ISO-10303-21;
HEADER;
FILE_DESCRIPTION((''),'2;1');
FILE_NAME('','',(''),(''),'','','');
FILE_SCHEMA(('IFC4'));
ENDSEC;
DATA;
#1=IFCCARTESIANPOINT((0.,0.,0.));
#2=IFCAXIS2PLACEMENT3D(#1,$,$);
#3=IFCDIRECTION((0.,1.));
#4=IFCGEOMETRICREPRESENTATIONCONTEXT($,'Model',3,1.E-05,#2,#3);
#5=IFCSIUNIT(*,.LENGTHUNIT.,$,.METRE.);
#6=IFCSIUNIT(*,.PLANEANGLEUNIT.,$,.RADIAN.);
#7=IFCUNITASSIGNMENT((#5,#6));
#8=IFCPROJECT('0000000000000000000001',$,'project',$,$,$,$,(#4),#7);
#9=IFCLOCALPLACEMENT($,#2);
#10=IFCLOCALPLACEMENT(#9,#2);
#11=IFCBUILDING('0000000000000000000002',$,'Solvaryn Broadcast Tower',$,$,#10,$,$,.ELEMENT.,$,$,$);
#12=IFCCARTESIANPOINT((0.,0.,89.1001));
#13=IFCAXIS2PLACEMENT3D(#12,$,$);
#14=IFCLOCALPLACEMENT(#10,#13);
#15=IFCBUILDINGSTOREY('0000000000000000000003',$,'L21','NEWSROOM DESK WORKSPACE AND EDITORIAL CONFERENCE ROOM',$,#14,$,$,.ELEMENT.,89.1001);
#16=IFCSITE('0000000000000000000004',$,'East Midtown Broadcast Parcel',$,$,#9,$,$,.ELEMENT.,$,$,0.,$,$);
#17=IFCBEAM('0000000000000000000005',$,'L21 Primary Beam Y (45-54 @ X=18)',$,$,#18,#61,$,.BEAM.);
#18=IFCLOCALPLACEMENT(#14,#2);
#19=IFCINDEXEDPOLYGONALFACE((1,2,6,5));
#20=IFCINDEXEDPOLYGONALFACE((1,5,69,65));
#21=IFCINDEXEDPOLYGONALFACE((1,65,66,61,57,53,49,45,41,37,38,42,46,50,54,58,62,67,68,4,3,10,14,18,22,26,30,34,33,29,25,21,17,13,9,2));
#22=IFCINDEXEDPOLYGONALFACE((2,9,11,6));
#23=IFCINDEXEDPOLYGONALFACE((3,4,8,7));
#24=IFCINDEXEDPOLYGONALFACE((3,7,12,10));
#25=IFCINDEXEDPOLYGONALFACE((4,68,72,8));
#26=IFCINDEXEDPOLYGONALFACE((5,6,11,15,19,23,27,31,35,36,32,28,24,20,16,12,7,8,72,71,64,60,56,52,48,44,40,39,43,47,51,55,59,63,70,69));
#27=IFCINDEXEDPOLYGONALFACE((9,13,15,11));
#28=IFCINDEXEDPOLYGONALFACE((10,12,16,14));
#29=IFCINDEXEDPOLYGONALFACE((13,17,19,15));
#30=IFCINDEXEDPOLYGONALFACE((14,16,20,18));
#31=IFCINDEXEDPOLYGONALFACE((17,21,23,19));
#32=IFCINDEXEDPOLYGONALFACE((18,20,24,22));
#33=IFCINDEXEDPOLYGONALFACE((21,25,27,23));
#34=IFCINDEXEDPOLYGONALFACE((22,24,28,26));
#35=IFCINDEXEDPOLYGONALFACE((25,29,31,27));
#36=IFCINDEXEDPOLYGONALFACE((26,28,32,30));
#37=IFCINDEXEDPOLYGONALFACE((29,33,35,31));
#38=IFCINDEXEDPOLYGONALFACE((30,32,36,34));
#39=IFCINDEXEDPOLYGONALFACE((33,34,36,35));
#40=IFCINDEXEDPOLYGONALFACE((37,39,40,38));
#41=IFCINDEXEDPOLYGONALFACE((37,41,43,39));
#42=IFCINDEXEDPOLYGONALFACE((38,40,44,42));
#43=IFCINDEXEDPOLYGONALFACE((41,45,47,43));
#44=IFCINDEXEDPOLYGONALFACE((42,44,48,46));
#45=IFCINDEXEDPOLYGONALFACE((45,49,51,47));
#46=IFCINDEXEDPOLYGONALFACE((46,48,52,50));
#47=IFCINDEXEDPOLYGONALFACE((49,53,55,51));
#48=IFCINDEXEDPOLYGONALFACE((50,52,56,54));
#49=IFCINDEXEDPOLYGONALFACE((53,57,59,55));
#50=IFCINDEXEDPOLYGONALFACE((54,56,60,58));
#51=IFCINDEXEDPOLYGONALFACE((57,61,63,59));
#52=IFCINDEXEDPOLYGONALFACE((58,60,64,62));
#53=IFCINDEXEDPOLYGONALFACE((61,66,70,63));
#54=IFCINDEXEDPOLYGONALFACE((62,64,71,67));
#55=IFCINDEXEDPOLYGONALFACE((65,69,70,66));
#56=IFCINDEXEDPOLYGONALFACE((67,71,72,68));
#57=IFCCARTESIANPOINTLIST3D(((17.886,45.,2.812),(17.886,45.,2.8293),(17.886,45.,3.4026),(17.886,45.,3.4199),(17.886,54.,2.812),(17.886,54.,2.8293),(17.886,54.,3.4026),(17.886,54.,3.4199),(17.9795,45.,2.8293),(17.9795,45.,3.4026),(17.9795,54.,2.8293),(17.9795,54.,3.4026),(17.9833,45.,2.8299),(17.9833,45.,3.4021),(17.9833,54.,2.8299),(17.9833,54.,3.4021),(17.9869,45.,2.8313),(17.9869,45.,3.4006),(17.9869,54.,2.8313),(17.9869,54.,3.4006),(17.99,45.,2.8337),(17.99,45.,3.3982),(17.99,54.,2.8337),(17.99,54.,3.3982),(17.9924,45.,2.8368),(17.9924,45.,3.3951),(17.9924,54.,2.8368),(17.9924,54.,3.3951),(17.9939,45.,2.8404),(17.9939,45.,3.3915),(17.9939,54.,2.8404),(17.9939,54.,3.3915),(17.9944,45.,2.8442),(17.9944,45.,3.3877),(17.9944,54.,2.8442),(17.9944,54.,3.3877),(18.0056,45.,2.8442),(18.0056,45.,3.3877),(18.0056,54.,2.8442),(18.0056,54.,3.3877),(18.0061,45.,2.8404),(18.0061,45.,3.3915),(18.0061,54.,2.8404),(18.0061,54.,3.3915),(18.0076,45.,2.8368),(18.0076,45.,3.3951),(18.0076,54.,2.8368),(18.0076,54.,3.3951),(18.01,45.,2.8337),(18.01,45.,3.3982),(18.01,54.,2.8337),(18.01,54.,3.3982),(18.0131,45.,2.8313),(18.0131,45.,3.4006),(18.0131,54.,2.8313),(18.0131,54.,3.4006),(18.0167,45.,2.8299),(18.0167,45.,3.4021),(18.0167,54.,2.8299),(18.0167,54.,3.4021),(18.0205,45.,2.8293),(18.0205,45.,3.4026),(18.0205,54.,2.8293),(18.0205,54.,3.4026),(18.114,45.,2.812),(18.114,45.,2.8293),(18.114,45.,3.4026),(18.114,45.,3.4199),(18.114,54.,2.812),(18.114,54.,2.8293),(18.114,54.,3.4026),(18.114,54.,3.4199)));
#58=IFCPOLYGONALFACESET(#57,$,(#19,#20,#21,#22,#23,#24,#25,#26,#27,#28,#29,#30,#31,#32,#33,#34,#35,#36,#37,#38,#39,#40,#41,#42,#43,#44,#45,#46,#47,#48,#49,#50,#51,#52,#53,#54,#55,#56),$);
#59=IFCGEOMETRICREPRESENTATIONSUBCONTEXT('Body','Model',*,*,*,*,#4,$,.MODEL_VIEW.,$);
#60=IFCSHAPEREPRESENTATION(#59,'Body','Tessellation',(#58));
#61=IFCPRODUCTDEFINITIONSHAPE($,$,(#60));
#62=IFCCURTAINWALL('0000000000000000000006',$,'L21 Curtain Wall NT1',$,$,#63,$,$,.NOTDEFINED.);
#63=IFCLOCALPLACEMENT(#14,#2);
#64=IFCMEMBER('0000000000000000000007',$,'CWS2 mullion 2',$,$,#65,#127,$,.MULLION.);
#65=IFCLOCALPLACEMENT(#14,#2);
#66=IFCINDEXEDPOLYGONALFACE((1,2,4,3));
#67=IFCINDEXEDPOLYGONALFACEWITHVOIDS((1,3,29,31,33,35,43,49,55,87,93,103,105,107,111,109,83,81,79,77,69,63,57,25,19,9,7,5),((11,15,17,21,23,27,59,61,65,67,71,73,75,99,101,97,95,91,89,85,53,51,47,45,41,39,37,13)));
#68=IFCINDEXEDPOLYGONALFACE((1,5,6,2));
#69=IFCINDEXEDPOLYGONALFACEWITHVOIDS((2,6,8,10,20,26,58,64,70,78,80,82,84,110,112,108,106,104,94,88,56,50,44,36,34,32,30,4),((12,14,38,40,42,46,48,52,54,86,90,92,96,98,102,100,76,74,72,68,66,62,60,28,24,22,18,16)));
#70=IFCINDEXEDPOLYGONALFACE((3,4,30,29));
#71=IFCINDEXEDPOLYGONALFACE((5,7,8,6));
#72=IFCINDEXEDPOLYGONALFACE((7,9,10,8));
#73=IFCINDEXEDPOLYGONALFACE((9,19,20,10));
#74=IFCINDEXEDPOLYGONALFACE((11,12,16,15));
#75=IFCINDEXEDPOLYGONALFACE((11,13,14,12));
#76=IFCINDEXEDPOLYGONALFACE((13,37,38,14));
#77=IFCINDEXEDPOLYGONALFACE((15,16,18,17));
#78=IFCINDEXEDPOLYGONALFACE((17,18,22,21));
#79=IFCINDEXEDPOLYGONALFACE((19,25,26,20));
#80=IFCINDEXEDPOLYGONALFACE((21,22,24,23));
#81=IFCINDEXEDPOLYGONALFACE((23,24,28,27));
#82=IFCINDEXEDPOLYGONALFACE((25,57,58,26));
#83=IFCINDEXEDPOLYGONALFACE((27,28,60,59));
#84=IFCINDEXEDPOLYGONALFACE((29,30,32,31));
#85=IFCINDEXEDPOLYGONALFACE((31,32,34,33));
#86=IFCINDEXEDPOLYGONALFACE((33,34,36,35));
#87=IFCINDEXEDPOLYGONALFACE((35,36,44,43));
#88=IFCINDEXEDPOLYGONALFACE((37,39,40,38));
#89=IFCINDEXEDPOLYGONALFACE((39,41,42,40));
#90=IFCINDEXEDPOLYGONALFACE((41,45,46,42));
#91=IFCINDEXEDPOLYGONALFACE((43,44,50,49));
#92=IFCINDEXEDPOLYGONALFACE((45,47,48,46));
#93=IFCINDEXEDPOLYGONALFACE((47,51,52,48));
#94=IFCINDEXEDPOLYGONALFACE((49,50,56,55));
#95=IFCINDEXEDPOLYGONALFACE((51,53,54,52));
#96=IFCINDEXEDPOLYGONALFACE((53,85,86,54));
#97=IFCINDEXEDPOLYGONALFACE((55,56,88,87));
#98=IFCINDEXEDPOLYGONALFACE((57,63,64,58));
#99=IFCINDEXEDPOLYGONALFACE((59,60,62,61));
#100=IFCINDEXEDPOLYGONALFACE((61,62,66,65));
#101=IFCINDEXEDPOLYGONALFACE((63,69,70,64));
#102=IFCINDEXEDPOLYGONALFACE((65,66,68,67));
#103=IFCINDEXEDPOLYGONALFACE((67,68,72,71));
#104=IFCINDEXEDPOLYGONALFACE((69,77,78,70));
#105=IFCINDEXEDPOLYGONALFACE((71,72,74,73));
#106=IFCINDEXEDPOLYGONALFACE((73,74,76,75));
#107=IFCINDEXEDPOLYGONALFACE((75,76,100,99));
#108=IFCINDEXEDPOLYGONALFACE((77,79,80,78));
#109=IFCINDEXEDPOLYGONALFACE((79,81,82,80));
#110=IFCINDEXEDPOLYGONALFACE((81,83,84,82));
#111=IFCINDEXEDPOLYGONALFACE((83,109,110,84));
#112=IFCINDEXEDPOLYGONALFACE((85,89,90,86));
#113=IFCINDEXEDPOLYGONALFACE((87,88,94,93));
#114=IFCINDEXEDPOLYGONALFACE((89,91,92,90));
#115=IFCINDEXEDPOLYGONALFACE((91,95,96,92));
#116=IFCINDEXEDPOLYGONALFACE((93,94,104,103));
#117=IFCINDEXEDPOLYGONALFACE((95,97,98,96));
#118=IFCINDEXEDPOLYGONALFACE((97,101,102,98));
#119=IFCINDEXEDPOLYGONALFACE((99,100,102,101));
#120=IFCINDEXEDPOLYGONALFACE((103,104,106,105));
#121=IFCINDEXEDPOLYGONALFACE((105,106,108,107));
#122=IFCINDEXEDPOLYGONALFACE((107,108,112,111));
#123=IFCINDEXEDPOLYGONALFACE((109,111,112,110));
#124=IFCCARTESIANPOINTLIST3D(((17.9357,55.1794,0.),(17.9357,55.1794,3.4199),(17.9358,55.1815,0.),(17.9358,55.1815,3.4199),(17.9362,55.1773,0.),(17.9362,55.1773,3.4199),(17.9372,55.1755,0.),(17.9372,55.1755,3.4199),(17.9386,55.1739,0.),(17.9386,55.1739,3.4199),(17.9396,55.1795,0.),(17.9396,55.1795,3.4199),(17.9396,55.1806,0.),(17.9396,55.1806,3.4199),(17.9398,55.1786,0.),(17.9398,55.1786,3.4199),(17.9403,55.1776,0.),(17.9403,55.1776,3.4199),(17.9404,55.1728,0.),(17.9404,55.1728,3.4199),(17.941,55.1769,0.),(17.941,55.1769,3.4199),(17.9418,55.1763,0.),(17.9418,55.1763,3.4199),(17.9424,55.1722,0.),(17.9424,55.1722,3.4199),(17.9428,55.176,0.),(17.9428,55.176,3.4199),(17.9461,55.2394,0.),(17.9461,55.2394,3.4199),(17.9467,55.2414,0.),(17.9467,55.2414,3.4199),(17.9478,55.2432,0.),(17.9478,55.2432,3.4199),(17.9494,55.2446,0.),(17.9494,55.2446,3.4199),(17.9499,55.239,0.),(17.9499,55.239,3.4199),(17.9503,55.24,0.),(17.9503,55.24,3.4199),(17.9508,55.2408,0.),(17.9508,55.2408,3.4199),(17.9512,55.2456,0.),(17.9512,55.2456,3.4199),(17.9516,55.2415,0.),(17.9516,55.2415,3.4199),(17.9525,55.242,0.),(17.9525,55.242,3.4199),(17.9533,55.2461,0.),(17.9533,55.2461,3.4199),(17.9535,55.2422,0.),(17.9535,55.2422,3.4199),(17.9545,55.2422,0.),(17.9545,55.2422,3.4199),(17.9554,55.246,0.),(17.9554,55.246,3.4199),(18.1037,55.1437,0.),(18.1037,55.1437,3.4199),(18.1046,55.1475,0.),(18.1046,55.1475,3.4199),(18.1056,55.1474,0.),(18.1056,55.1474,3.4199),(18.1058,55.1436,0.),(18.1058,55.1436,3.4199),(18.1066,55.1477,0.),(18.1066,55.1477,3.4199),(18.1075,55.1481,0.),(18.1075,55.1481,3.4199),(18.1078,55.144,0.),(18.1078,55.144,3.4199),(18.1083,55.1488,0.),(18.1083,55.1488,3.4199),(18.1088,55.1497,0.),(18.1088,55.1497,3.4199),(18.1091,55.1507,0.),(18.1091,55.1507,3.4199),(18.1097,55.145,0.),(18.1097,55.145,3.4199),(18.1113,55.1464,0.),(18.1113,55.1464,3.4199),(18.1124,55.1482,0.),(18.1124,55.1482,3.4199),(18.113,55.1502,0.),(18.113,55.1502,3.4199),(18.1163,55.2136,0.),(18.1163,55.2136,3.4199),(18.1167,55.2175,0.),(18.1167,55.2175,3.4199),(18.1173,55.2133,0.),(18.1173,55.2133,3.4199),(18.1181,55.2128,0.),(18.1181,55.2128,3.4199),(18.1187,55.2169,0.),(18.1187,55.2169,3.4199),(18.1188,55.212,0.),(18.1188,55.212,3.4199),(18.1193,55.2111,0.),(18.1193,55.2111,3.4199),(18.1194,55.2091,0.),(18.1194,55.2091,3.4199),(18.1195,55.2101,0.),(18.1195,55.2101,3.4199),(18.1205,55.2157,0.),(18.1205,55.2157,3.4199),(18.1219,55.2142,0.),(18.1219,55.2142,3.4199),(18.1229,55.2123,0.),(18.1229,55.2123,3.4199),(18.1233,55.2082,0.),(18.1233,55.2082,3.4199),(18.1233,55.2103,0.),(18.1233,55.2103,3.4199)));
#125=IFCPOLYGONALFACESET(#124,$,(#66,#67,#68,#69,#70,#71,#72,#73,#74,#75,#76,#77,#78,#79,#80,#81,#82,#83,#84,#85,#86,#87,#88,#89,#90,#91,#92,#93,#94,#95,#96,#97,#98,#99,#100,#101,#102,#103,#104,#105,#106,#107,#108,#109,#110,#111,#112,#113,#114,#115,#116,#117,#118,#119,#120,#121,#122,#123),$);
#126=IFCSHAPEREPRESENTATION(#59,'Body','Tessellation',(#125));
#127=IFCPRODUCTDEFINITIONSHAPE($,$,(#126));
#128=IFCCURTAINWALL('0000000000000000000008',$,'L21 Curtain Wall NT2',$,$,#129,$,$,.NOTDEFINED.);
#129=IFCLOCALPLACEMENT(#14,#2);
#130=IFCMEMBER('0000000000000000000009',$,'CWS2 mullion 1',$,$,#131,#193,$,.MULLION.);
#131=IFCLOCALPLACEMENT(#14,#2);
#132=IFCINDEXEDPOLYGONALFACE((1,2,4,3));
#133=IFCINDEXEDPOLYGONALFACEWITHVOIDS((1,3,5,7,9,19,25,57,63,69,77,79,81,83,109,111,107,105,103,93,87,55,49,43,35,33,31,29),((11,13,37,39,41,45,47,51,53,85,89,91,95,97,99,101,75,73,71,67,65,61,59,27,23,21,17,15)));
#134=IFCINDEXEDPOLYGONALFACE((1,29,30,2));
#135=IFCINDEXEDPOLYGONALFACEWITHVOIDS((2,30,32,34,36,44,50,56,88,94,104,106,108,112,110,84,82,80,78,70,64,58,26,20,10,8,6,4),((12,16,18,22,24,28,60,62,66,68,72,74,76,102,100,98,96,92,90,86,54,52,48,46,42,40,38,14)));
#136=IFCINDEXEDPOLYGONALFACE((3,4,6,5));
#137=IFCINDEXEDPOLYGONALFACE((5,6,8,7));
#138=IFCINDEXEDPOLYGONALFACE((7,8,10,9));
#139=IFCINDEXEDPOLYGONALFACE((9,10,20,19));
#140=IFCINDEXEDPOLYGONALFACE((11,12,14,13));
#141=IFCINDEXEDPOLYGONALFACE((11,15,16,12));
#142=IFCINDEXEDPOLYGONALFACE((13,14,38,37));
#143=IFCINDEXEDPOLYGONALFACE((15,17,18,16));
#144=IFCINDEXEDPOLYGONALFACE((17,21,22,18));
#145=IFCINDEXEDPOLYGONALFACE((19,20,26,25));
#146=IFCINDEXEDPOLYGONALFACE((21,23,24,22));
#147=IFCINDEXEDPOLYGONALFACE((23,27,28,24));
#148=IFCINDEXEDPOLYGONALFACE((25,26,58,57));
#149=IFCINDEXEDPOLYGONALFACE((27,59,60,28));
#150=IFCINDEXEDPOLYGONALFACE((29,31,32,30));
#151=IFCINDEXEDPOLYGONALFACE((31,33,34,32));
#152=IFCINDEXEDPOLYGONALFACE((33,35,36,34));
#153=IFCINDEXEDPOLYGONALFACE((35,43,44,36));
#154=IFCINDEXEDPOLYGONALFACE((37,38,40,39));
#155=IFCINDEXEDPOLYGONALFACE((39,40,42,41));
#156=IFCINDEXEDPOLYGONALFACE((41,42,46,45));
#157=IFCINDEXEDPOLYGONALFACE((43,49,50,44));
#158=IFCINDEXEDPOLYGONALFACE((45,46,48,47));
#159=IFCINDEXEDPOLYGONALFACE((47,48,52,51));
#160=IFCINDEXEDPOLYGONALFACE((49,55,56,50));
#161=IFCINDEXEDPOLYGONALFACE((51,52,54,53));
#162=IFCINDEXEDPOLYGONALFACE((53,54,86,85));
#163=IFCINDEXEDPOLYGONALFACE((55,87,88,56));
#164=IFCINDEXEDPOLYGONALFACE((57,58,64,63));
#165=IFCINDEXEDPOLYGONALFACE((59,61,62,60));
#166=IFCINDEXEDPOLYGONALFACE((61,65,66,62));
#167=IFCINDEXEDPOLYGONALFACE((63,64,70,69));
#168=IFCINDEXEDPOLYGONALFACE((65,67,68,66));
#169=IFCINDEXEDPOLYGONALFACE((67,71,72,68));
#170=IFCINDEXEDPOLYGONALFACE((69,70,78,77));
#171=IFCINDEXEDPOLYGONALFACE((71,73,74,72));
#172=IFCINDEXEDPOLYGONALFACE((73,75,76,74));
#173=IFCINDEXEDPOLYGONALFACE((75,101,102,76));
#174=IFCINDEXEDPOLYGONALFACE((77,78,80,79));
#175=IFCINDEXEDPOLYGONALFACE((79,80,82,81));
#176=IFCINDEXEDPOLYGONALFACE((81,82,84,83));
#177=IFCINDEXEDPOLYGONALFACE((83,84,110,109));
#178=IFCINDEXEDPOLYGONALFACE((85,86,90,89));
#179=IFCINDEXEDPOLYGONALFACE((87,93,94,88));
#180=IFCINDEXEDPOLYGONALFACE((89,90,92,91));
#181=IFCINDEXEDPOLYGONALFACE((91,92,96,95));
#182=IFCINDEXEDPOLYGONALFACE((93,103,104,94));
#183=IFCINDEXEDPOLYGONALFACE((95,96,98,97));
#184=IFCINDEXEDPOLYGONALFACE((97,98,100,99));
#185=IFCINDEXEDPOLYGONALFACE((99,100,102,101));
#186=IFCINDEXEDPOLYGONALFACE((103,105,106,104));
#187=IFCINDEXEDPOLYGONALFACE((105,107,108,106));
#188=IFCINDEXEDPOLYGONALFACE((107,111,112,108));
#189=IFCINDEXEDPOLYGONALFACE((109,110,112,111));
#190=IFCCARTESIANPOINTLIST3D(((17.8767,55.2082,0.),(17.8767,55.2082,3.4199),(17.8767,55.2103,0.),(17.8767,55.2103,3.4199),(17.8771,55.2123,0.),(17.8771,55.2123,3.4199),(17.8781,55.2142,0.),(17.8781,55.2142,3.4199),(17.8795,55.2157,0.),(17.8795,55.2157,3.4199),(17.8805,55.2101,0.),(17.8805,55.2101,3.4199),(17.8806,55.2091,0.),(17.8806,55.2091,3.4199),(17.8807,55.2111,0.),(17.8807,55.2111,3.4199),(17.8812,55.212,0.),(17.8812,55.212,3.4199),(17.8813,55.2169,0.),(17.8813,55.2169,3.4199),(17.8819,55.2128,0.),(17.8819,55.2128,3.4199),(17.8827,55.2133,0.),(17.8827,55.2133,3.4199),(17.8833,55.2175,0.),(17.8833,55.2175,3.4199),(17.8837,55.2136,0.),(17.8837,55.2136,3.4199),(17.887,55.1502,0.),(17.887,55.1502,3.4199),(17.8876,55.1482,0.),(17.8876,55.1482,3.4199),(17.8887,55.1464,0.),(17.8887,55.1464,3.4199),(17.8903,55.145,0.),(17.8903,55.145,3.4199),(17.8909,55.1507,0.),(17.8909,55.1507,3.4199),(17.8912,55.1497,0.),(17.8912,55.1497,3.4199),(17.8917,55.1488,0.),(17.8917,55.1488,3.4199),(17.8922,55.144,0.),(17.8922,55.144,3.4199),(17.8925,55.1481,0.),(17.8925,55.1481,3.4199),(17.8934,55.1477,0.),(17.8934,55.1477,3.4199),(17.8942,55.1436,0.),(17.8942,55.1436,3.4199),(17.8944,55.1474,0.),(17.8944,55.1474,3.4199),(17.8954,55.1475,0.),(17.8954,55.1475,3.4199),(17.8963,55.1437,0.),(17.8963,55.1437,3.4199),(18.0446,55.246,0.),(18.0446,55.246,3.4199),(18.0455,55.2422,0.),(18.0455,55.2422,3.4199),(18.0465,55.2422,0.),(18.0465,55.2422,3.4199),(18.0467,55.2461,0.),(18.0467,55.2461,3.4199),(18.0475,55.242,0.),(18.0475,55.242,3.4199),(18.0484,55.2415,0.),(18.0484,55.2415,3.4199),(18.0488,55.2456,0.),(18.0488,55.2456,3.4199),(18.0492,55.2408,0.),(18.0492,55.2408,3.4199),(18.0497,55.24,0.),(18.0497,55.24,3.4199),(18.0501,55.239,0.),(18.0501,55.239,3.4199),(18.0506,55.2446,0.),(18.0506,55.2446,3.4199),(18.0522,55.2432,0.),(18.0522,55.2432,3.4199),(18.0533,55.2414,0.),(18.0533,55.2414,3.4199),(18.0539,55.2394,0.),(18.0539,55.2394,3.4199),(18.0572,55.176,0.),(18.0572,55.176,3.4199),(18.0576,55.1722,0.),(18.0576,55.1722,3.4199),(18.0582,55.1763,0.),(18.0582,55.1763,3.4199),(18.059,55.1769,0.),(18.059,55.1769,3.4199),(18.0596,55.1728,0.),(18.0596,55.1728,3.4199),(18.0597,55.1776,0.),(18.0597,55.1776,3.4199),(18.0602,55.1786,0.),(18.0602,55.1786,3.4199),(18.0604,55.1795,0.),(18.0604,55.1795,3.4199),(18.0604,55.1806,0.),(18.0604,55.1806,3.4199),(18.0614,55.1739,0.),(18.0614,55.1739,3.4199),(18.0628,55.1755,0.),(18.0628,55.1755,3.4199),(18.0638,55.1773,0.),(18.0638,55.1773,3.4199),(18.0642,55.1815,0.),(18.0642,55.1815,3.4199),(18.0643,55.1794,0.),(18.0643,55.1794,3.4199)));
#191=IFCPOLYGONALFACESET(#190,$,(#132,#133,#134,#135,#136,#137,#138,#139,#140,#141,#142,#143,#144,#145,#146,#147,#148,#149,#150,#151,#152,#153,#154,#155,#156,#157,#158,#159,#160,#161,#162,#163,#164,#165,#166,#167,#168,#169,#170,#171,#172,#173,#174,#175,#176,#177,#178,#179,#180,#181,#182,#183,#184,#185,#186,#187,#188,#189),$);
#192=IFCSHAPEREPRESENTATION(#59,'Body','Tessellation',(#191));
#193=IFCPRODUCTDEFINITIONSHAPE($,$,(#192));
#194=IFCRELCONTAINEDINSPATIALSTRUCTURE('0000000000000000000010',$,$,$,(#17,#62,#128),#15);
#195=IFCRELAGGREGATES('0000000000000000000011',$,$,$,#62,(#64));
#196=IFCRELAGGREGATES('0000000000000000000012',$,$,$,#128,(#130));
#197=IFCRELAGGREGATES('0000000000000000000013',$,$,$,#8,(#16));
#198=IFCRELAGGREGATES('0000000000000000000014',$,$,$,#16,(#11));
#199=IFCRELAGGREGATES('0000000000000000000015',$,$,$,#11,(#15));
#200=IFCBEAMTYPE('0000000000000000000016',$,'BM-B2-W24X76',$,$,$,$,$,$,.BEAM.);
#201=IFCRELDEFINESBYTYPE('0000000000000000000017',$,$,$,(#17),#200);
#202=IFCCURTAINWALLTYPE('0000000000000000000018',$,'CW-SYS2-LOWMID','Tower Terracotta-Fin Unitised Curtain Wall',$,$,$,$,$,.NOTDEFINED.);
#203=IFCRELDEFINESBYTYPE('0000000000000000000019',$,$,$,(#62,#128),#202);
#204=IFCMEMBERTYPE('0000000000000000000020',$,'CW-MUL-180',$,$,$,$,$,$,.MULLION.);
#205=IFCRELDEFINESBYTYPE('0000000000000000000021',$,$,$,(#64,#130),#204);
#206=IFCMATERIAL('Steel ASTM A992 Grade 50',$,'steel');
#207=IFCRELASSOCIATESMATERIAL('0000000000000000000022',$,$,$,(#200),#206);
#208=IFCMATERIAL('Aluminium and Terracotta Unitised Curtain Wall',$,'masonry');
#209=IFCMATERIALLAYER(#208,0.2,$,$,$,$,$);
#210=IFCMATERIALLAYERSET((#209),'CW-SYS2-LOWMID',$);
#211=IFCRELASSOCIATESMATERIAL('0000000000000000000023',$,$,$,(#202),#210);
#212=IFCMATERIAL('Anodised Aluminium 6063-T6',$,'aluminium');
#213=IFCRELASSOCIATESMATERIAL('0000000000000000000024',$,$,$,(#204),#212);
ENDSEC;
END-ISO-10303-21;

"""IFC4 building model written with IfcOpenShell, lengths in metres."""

from ifc_helpers import new_model, si_unit, direction, frame, origin, origin_2d, place, context, subcontext, project, spatial, hollow_rectangle, i_section, extrude, material, layer, layer_set, material_profile, profile_set, type_object, element, aggregate, save


model = new_model("IFC4")

# Units and contexts
model_context = context("Model", 3, precision=1e-05, world=origin(), true_north=direction((0.0, 1.0)))
body_context = subcontext(model_context, "Body", "Model", "MODEL_VIEW")
ifc_project = project(units=[si_unit("LENGTHUNIT", "METRE"), si_unit("PLANEANGLEUNIT", "RADIAN")], contexts=[model_context])

# Site, building, storey
site_placement = place(None, origin())
site = spatial("IfcSite", under=ifc_project, at=site_placement, Name="East Midtown Broadcast Parcel", CompositionType="ELEMENT", RefElevation=0.0)
building_placement = place(site_placement, origin())
building = spatial("IfcBuilding", under=site, at=building_placement, Name="Solvaryn Broadcast Tower", CompositionType="ELEMENT")
storey_placement = place(building_placement, frame((0.0, 0.0, 89.1001)))
storey = spatial("IfcBuildingStorey", under=building, at=storey_placement, Name="L21", Description="NEWSROOM DESK WORKSPACE AND EDITORIAL CONFERENCE ROOM", CompositionType="ELEMENT", Elevation=89.1001)

# Beam
ifc_material_1 = material(Name="Steel ASTM A992 Grade 50", Category="steel")
ifc_material_profile_1 = material_profile(ifc_material_1, i_section(OverallWidth=0.228, OverallDepth=0.6079, WebThickness=0.0112, FlangeThickness=0.0173, FilletRadius=0.0149, at=origin_2d()))
ifc_profile_set_1 = profile_set([ifc_material_profile_1], Name="Steel ASTM A992 Grade 50")
beam_type_1 = type_object("IfcBeamType", Name="BM-B2-W24X76", PredefinedType="BEAM", material=ifc_profile_set_1)
beam_1_placement = place(storey_placement, frame((18.0, 45.0, 3.116), z_axis=(0.0, 1.0, 0.0), x_axis=(-1.0, 0.0, 0.0)))
element("IfcBeam", 1, at=beam_1_placement, inside=storey, type_object=beam_type_1, Name="L21 Primary Beam Y (45-54 @ X=18)", PredefinedType="BEAM", context=body_context, shape_type="SweptSolid", body=[
    extrude(i_section(OverallWidth=0.228, OverallDepth=0.6079, WebThickness=0.0112, FlangeThickness=0.0173, FilletRadius=0.0149, at=origin_2d()), origin(), (0.0, 0.0, 1.0), 9.0),
])

# Curtain walls, members
ifc_material_2 = material(Name="Aluminium and Terracotta Unitised Curtain Wall", Category="masonry")
ifc_layer_1 = layer(ifc_material_2, 0.2)
ifc_layer_set_1 = layer_set([ifc_layer_1], Name="CW-SYS2-LOWMID")
curtain_wall_type = type_object("IfcCurtainWallType", Name="CW-SYS2-LOWMID", Description="Tower Terracotta-Fin Unitised Curtain Wall", PredefinedType="NOTDEFINED", material=ifc_layer_set_1)
curtain_wall_1_placement = place(storey_placement, origin())
curtain_wall_1 = element("IfcCurtainWall", 2, at=curtain_wall_1_placement, inside=storey, type_object=curtain_wall_type, Name="L21 Curtain Wall NT1", PredefinedType="NOTDEFINED")
ifc_material_3 = material(Name="Anodised Aluminium 6063-T6", Category="aluminium")
ifc_material_profile_2 = material_profile(ifc_material_3, hollow_rectangle(XDim=0.075, YDim=0.1799, WallThickness=0.0039, InnerFilletRadius=0.0039, OuterFilletRadius=0.0081, at=origin_2d()))
ifc_profile_set_2 = profile_set([ifc_material_profile_2], Name="Anodised Aluminium 6063-T6")
member_type_1 = type_object("IfcMemberType", Name="CW-MUL-180", PredefinedType="MULLION", material=ifc_profile_set_2)
member_1_placement = place(storey_placement, frame((18.0295, 55.1948, 0.0), z_axis=(0.0, 0.0, 1.0), x_axis=(-0.173785, -0.984784, 0.0)))
member_1 = element("IfcMember", 3, at=member_1_placement, type_object=member_type_1, Name="CWS2 mullion 2", PredefinedType="MULLION", context=body_context, shape_type="SweptSolid", body=[
    extrude(hollow_rectangle(XDim=0.075, YDim=0.1799, WallThickness=0.0039, InnerFilletRadius=0.0039, OuterFilletRadius=0.0081, at=origin_2d()), origin(), (0.0, 0.0, 1.0), 3.4199),
])
curtain_wall_2_placement = place(storey_placement, origin())
curtain_wall_2 = element("IfcCurtainWall", 4, at=curtain_wall_2_placement, inside=storey, type_object=curtain_wall_type, Name="L21 Curtain Wall NT2", PredefinedType="NOTDEFINED")
member_2_placement = place(storey_placement, frame((17.9705, 55.1948, 0.0), z_axis=(0.0, 0.0, 1.0), x_axis=(0.173785, -0.984784, 0.0)))
member_2 = element("IfcMember", 5, at=member_2_placement, type_object=member_type_1, Name="CWS2 mullion 1", PredefinedType="MULLION", context=body_context, shape_type="SweptSolid", body=[
    extrude(hollow_rectangle(XDim=0.075, YDim=0.1799, WallThickness=0.0039, InnerFilletRadius=0.0039, OuterFilletRadius=0.0081, at=origin_2d()), origin(), (0.0, 0.0, 1.0), 3.4199),
])

aggregate(curtain_wall_1, [member_1])
aggregate(curtain_wall_2, [member_2])

save(model, "model.ifc")
